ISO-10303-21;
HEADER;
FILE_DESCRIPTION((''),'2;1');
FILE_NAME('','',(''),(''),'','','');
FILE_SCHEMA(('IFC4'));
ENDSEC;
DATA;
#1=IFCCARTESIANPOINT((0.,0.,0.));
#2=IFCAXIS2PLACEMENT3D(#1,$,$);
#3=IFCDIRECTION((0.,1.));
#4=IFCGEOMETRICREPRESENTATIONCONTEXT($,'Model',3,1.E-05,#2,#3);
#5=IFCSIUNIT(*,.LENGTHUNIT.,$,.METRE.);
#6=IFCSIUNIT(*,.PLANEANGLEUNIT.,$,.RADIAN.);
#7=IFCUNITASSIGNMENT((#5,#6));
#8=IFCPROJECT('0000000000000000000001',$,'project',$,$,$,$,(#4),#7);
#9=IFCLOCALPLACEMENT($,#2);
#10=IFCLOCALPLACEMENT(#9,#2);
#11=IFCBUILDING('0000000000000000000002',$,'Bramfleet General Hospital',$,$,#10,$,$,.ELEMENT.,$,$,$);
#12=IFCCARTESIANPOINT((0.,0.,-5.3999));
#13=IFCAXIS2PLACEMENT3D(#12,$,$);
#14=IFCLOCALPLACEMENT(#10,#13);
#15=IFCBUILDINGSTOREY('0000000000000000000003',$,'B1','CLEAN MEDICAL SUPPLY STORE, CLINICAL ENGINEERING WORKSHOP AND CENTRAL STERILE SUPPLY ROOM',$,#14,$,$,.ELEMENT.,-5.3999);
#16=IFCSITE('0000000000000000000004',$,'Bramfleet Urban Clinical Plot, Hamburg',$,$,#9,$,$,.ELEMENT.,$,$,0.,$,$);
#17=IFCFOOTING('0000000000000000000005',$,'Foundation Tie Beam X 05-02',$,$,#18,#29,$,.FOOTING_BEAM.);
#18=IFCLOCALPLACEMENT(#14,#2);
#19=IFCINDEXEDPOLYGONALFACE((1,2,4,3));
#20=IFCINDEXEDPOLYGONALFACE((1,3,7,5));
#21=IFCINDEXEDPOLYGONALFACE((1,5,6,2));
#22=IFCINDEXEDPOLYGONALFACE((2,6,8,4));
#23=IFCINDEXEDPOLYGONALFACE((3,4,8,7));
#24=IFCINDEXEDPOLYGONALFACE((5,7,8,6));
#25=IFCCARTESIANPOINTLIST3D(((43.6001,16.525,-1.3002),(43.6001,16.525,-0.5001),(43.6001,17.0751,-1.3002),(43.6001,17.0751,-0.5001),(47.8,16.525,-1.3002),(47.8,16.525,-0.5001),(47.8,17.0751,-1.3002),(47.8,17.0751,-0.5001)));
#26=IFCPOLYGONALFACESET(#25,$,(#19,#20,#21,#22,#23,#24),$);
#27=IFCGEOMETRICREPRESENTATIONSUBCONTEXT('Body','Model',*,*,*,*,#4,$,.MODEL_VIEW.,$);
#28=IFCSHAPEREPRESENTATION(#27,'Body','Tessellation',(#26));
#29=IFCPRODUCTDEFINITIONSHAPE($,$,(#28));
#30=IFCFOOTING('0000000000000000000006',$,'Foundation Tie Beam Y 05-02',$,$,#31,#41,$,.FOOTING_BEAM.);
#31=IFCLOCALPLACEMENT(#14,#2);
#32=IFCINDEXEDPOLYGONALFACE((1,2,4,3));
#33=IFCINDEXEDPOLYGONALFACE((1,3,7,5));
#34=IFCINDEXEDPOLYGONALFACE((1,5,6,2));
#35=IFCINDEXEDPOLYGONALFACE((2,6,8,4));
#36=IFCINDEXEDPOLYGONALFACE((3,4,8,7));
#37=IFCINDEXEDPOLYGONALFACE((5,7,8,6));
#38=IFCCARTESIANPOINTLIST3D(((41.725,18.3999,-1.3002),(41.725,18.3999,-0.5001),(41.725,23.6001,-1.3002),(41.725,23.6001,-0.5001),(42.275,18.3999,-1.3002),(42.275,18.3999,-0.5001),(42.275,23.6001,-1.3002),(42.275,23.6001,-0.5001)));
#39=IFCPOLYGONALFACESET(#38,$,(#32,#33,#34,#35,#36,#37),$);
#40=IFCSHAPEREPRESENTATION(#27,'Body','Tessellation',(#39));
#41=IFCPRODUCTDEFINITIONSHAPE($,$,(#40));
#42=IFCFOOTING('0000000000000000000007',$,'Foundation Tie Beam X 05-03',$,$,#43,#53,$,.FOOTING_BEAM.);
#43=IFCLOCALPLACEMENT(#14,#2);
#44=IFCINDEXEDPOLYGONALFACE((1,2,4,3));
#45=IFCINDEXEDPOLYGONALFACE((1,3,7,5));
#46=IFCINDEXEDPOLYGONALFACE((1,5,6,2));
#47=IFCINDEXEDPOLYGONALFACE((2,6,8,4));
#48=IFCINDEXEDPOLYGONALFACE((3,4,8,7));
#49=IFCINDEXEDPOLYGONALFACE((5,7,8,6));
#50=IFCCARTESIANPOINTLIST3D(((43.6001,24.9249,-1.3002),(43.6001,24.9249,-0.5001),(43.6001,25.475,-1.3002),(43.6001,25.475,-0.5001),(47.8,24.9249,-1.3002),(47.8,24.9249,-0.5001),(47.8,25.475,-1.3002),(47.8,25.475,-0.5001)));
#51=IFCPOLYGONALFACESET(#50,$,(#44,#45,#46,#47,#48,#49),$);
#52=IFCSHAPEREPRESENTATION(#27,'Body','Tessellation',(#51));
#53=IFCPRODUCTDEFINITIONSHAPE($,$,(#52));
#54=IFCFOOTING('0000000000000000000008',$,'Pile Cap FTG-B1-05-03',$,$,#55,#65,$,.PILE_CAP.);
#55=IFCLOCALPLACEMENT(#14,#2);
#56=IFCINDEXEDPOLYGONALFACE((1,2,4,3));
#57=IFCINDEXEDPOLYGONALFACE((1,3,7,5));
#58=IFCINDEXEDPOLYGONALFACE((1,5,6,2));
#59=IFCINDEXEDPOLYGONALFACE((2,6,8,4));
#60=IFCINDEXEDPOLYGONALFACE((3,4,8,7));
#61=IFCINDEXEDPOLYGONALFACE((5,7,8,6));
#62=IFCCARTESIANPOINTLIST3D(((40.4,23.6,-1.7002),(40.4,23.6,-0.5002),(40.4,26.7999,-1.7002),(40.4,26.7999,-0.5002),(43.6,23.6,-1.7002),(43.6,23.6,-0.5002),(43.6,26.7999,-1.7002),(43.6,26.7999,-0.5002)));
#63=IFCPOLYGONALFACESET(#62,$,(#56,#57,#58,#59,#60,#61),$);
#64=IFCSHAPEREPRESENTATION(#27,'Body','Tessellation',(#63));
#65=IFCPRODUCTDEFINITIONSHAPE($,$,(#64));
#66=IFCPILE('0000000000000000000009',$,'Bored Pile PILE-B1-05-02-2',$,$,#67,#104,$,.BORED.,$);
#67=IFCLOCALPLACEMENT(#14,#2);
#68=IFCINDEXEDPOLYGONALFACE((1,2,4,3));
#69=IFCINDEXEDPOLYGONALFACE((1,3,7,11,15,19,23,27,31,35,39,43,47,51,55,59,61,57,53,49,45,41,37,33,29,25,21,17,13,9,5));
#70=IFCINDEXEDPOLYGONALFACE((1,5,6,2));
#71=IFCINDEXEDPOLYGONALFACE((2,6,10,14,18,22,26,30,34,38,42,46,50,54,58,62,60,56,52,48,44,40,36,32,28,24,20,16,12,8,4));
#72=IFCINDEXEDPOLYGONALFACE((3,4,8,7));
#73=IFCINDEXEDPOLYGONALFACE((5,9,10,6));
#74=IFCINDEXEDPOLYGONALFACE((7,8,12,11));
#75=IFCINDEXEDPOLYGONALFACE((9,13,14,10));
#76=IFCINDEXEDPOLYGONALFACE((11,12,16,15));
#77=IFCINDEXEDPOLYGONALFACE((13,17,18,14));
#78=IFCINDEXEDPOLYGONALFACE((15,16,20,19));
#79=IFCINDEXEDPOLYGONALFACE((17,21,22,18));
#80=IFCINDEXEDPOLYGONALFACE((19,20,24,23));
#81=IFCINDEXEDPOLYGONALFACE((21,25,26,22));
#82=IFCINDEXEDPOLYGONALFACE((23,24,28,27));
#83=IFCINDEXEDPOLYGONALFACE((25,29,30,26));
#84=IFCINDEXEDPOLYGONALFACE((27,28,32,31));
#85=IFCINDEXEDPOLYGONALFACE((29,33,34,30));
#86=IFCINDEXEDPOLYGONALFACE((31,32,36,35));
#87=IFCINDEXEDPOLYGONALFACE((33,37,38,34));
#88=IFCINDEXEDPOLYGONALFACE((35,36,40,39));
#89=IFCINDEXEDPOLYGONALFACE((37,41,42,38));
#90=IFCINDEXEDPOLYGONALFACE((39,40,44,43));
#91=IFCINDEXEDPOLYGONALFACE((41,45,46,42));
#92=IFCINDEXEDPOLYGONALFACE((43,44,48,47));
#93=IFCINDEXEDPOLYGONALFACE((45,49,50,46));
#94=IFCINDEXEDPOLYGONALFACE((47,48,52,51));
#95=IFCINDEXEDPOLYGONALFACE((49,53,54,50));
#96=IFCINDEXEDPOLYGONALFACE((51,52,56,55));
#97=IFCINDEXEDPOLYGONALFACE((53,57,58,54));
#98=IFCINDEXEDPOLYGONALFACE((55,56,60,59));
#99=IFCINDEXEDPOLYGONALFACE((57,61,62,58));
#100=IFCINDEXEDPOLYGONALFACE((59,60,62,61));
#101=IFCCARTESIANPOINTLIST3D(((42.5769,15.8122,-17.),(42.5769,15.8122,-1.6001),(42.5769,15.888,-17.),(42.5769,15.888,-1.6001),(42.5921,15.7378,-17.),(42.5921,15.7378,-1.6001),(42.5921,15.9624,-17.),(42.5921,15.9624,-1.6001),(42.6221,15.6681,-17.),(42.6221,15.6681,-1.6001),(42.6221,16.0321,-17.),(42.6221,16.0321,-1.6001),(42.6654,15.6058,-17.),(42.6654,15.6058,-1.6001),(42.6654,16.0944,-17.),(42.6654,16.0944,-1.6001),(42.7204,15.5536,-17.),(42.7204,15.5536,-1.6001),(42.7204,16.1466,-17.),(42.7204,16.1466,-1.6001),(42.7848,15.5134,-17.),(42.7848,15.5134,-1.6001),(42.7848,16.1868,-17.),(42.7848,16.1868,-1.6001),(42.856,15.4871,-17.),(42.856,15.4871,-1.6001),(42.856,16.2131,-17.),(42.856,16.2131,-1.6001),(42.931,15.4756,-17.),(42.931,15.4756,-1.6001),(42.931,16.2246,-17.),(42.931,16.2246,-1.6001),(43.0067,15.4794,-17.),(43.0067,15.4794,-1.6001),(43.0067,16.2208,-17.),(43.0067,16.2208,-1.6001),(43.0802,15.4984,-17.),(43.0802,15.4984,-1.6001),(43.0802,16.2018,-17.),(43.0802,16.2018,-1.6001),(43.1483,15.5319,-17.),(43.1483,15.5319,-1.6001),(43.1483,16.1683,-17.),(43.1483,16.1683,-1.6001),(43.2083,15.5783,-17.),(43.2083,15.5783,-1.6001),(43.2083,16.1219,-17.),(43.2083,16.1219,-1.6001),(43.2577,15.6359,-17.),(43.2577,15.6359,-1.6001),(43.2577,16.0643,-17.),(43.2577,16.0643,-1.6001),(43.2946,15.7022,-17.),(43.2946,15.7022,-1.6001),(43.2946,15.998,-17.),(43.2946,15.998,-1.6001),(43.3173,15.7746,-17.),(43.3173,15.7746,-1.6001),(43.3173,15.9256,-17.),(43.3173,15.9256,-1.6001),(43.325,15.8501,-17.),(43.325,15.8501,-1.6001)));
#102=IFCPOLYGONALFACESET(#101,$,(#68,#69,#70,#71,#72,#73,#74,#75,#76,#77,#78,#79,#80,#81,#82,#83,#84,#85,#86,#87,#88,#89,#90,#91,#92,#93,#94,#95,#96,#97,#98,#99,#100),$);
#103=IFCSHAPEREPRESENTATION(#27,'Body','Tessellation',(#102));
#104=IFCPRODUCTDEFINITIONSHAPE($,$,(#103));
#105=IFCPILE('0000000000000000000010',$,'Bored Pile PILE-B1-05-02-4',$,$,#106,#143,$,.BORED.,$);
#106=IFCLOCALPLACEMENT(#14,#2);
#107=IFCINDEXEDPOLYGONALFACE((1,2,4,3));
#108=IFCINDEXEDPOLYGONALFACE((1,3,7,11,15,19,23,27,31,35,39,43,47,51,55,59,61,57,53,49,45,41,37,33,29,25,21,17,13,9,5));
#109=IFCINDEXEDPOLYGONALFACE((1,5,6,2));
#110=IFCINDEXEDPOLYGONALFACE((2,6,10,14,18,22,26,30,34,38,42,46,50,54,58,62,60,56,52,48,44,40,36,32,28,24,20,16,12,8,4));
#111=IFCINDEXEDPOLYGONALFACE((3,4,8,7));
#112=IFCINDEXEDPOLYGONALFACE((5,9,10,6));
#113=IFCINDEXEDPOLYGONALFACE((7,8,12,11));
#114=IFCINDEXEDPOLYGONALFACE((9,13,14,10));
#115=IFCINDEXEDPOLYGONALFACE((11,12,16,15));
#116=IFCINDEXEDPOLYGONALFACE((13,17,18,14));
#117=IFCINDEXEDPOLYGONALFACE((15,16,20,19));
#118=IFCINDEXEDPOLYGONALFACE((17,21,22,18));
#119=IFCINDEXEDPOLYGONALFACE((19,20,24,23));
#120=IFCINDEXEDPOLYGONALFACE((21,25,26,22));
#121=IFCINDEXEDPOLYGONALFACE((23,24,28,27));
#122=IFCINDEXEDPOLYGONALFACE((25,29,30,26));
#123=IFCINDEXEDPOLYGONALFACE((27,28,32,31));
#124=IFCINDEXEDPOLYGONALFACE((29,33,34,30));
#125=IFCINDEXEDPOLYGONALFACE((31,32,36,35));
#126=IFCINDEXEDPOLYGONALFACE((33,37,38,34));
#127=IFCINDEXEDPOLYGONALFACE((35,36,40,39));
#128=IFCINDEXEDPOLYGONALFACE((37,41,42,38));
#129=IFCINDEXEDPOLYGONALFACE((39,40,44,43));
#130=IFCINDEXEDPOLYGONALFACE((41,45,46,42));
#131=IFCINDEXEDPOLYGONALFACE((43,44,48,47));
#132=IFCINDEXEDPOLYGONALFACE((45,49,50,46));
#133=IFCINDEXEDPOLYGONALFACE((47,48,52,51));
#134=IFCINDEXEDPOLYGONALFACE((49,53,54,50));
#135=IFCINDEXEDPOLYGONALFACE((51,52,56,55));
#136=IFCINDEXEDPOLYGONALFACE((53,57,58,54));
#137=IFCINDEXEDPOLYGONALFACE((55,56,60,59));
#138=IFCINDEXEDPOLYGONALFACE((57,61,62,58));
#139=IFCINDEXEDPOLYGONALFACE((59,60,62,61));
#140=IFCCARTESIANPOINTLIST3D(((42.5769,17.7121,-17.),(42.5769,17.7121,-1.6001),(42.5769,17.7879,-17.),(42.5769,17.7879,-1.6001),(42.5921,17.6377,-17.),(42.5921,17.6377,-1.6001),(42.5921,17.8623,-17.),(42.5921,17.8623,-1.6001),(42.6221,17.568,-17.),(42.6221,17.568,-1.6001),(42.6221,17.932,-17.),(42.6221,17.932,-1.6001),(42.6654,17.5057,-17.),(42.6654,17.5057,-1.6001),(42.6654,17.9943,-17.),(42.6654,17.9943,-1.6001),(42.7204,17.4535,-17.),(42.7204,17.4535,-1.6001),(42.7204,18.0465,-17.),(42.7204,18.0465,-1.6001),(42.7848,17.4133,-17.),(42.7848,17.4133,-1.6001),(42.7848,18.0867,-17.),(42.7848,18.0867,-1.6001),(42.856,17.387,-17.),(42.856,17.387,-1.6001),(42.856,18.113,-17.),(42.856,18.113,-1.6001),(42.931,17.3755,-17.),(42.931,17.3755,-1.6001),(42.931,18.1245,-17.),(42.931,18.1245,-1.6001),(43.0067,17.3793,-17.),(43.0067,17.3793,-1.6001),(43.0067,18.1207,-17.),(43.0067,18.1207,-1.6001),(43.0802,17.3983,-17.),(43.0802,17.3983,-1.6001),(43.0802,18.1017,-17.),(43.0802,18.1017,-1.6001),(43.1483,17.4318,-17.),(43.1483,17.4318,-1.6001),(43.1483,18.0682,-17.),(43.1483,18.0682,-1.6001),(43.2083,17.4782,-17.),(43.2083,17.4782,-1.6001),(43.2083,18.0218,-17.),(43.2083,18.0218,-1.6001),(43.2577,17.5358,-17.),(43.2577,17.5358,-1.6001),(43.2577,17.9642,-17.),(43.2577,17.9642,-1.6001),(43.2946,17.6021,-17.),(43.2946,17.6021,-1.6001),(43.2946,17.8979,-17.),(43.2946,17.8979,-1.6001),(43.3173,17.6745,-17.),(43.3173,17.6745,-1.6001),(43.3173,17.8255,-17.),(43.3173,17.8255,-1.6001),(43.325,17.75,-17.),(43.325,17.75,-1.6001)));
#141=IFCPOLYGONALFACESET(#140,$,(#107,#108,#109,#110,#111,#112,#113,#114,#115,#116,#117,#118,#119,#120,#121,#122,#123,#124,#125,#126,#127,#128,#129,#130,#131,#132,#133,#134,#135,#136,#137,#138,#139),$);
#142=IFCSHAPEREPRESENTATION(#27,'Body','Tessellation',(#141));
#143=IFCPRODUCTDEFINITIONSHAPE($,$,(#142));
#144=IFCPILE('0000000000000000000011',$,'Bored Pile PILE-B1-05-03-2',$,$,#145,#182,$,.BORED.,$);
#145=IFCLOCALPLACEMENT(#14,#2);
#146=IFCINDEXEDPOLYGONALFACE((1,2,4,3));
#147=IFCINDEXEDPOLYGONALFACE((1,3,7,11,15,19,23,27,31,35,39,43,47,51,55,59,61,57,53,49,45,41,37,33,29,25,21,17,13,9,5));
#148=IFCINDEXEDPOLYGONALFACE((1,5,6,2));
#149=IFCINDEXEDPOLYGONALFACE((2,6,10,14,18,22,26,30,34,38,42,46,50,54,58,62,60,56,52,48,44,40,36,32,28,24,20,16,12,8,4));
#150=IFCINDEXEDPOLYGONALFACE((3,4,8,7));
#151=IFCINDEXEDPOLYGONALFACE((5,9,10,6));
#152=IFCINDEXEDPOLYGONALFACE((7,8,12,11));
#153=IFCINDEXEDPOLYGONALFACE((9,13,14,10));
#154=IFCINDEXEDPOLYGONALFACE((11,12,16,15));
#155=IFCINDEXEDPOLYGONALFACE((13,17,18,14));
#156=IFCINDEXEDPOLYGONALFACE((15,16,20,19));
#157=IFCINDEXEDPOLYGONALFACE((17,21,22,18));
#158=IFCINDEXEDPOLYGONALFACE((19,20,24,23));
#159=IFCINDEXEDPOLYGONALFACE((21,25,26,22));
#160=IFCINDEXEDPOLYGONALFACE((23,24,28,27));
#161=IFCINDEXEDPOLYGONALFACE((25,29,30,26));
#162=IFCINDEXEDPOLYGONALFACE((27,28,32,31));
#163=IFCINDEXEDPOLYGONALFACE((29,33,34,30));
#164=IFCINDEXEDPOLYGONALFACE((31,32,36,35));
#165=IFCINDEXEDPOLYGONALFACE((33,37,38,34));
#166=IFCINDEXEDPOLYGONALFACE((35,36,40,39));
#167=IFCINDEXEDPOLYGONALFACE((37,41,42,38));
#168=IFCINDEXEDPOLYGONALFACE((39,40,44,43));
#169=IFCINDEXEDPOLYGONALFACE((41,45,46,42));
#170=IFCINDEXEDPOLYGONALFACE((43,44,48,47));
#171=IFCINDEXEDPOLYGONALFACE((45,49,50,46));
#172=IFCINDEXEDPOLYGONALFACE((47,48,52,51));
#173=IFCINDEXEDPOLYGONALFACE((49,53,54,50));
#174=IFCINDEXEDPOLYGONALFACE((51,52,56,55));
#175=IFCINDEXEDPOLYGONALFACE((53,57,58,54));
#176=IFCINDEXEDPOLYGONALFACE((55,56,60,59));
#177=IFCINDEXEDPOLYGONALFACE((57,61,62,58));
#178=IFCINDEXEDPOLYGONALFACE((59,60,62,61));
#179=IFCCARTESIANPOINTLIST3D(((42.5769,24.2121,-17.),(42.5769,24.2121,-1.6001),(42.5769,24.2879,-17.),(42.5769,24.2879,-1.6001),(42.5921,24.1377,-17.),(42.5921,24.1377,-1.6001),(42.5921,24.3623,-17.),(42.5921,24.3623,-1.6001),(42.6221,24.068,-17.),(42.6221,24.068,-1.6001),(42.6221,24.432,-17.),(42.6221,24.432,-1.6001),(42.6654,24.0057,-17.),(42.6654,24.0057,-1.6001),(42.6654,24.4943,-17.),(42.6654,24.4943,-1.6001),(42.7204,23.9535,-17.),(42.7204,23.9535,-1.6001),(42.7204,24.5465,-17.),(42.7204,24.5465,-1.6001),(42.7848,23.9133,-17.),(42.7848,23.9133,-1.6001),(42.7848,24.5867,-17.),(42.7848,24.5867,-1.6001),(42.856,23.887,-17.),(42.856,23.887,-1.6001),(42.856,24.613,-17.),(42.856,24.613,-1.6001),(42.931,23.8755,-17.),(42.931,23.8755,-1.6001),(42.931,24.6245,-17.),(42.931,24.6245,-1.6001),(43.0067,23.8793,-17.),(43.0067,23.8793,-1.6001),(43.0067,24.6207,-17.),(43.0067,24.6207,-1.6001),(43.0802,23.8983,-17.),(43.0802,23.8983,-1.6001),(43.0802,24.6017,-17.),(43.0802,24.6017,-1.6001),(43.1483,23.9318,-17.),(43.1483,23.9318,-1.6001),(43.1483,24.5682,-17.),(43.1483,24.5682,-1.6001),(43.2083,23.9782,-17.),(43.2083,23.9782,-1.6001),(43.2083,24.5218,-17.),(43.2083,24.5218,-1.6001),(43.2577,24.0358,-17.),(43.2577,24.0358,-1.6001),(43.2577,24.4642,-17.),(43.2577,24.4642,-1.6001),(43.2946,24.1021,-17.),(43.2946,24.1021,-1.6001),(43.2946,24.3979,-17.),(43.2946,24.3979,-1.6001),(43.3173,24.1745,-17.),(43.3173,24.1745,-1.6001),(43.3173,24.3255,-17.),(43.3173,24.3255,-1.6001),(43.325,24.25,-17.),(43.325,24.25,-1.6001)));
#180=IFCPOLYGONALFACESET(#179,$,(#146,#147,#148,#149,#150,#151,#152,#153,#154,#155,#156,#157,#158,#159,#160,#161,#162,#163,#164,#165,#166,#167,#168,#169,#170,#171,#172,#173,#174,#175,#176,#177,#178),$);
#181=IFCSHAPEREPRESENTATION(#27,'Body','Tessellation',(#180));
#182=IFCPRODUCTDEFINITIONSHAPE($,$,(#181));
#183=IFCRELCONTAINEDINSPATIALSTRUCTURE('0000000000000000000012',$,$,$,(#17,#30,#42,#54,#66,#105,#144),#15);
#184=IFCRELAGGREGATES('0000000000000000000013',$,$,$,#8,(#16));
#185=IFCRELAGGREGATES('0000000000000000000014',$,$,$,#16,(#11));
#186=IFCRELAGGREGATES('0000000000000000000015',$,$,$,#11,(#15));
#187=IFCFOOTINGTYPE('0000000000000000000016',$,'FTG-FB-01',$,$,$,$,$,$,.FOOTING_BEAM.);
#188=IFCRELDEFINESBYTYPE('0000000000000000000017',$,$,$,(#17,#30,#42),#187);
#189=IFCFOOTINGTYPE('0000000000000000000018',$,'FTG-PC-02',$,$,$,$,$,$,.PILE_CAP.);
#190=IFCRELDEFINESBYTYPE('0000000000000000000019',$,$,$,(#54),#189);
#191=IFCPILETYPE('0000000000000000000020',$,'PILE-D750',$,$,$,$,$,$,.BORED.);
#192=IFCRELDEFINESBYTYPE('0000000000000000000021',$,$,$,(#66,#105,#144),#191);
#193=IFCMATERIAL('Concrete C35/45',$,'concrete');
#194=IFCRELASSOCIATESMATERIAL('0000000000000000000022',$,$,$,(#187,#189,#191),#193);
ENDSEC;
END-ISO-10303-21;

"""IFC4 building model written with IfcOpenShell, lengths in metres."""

from ifc_helpers import new_model, si_unit, direction, frame, origin, origin_2d, place, context, subcontext, project, spatial, rectangle, circle, extrude, material, material_profile, profile_set, type_object, element, save


model = new_model("IFC4")

# Units and contexts
model_context = context("Model", 3, precision=1e-05, world=origin(), true_north=direction((0.0, 1.0)))
body_context = subcontext(model_context, "Body", "Model", "MODEL_VIEW")
ifc_project = project(units=[si_unit("LENGTHUNIT", "METRE"), si_unit("PLANEANGLEUNIT", "RADIAN")], contexts=[model_context])

# Site, building, storey
site_placement = place(None, origin())
site = spatial("IfcSite", under=ifc_project, at=site_placement, Name="Bramfleet Urban Clinical Plot, Hamburg", CompositionType="ELEMENT", RefElevation=0.0)
building_placement = place(site_placement, origin())
building = spatial("IfcBuilding", under=site, at=building_placement, Name="Bramfleet General Hospital", CompositionType="ELEMENT")
storey_placement = place(building_placement, frame((0.0, 0.0, -5.3999)))
storey = spatial("IfcBuildingStorey", under=building, at=storey_placement, Name="B1", Description="CLEAN MEDICAL SUPPLY STORE, CLINICAL ENGINEERING WORKSHOP AND CENTRAL STERILE SUPPLY ROOM", CompositionType="ELEMENT", Elevation=-5.3999)

# Footings
ifc_material_1 = material(Name="Concrete C35/45", Category="concrete")
ifc_material_profile_1 = material_profile(ifc_material_1, rectangle(XDim=0.55, YDim=0.8, at=origin_2d()), Name="RC FB 800x550")
ifc_profile_set_1 = profile_set([ifc_material_profile_1], Name="Concrete C35/45")
footing_type_1 = type_object("IfcFootingType", Name="FTG-FB-01", PredefinedType="FOOTING_BEAM", material=ifc_profile_set_1)
footing_1_placement = place(storey_placement, frame((43.6001, 16.8, -0.9001), z_axis=(1.0, 0.0, 0.0), x_axis=(0.0, 1.0, 0.0)))
element("IfcFooting", 1, at=footing_1_placement, inside=storey, type_object=footing_type_1, Name="Foundation Tie Beam X 05-02", PredefinedType="FOOTING_BEAM", context=body_context, shape_type="SweptSolid", body=[
    extrude(rectangle(XDim=0.55, YDim=0.8, at=origin_2d()), origin(), (0.0, 0.0, 1.0), 4.2),
])
footing_2_placement = place(storey_placement, frame((42.0, 18.3999, -0.9001), z_axis=(0.0, 1.0, 0.0), x_axis=(-1.0, 0.0, 0.0)))
element("IfcFooting", 2, at=footing_2_placement, inside=storey, type_object=footing_type_1, Name="Foundation Tie Beam Y 05-02", PredefinedType="FOOTING_BEAM", context=body_context, shape_type="SweptSolid", body=[
    extrude(rectangle(XDim=0.55, YDim=0.8, at=origin_2d()), origin(), (0.0, 0.0, 1.0), 5.2002),
])
footing_3_placement = place(storey_placement, frame((43.6001, 25.2, -0.9001), z_axis=(1.0, 0.0, 0.0), x_axis=(0.0, 1.0, 0.0)))
element("IfcFooting", 3, at=footing_3_placement, inside=storey, type_object=footing_type_1, Name="Foundation Tie Beam X 05-03", PredefinedType="FOOTING_BEAM", context=body_context, shape_type="SweptSolid", body=[
    extrude(rectangle(XDim=0.55, YDim=0.8, at=origin_2d()), origin(), (0.0, 0.0, 1.0), 4.2),
])
footing_type_2 = type_object("IfcFootingType", Name="FTG-PC-02", PredefinedType="PILE_CAP", material=ifc_material_1)
footing_4_placement = place(storey_placement, frame((42.0, 25.2, -1.7002), z_axis=(0.0, 0.0, 1.0), x_axis=(1.0, 0.0, 0.0)))
element("IfcFooting", 4, at=footing_4_placement, inside=storey, type_object=footing_type_2, Name="Pile Cap FTG-B1-05-03", PredefinedType="PILE_CAP", context=body_context, shape_type="SweptSolid", body=[
    extrude(rectangle(XDim=3.2, YDim=3.2, at=origin_2d()), origin(), (0.0, 0.0, 1.0), 1.2),
])

# Piles
ifc_material_profile_2 = material_profile(ifc_material_1, circle(Radius=0.375, at=origin_2d()), Name="PILE BORED D750")
ifc_profile_set_2 = profile_set([ifc_material_profile_2], Name="Concrete C35/45")
pile_type_1 = type_object("IfcPileType", Name="PILE-D750", PredefinedType="BORED", material=ifc_profile_set_2)
for number, where, z_axis, x_axis, name in (
    (5, (42.95, 15.8501, -1.6001), (0.0, 0.0, -1.0), (1.0, 0.0, 0.0), "Bored Pile PILE-B1-05-02-2"),
    (6, (42.95, 17.75, -1.6001), (0.0, 0.0, -1.0), (1.0, 0.0, 0.0), "Bored Pile PILE-B1-05-02-4"),
    (7, (42.95, 24.25, -1.6001), (0.0, 0.0, -1.0), (1.0, 0.0, 0.0), "Bored Pile PILE-B1-05-03-2"),
):
    element("IfcPile", number, at=place(storey_placement, frame(where, z_axis=z_axis, x_axis=x_axis)), inside=storey, type_object=pile_type_1, Name=name, PredefinedType="BORED", context=body_context, shape_type="SweptSolid", body=[
        extrude(circle(Radius=0.375, at=origin_2d()), origin(), (0.0, 0.0, 1.0), 15.3999),
    ])

save(model, "model.ifc")
